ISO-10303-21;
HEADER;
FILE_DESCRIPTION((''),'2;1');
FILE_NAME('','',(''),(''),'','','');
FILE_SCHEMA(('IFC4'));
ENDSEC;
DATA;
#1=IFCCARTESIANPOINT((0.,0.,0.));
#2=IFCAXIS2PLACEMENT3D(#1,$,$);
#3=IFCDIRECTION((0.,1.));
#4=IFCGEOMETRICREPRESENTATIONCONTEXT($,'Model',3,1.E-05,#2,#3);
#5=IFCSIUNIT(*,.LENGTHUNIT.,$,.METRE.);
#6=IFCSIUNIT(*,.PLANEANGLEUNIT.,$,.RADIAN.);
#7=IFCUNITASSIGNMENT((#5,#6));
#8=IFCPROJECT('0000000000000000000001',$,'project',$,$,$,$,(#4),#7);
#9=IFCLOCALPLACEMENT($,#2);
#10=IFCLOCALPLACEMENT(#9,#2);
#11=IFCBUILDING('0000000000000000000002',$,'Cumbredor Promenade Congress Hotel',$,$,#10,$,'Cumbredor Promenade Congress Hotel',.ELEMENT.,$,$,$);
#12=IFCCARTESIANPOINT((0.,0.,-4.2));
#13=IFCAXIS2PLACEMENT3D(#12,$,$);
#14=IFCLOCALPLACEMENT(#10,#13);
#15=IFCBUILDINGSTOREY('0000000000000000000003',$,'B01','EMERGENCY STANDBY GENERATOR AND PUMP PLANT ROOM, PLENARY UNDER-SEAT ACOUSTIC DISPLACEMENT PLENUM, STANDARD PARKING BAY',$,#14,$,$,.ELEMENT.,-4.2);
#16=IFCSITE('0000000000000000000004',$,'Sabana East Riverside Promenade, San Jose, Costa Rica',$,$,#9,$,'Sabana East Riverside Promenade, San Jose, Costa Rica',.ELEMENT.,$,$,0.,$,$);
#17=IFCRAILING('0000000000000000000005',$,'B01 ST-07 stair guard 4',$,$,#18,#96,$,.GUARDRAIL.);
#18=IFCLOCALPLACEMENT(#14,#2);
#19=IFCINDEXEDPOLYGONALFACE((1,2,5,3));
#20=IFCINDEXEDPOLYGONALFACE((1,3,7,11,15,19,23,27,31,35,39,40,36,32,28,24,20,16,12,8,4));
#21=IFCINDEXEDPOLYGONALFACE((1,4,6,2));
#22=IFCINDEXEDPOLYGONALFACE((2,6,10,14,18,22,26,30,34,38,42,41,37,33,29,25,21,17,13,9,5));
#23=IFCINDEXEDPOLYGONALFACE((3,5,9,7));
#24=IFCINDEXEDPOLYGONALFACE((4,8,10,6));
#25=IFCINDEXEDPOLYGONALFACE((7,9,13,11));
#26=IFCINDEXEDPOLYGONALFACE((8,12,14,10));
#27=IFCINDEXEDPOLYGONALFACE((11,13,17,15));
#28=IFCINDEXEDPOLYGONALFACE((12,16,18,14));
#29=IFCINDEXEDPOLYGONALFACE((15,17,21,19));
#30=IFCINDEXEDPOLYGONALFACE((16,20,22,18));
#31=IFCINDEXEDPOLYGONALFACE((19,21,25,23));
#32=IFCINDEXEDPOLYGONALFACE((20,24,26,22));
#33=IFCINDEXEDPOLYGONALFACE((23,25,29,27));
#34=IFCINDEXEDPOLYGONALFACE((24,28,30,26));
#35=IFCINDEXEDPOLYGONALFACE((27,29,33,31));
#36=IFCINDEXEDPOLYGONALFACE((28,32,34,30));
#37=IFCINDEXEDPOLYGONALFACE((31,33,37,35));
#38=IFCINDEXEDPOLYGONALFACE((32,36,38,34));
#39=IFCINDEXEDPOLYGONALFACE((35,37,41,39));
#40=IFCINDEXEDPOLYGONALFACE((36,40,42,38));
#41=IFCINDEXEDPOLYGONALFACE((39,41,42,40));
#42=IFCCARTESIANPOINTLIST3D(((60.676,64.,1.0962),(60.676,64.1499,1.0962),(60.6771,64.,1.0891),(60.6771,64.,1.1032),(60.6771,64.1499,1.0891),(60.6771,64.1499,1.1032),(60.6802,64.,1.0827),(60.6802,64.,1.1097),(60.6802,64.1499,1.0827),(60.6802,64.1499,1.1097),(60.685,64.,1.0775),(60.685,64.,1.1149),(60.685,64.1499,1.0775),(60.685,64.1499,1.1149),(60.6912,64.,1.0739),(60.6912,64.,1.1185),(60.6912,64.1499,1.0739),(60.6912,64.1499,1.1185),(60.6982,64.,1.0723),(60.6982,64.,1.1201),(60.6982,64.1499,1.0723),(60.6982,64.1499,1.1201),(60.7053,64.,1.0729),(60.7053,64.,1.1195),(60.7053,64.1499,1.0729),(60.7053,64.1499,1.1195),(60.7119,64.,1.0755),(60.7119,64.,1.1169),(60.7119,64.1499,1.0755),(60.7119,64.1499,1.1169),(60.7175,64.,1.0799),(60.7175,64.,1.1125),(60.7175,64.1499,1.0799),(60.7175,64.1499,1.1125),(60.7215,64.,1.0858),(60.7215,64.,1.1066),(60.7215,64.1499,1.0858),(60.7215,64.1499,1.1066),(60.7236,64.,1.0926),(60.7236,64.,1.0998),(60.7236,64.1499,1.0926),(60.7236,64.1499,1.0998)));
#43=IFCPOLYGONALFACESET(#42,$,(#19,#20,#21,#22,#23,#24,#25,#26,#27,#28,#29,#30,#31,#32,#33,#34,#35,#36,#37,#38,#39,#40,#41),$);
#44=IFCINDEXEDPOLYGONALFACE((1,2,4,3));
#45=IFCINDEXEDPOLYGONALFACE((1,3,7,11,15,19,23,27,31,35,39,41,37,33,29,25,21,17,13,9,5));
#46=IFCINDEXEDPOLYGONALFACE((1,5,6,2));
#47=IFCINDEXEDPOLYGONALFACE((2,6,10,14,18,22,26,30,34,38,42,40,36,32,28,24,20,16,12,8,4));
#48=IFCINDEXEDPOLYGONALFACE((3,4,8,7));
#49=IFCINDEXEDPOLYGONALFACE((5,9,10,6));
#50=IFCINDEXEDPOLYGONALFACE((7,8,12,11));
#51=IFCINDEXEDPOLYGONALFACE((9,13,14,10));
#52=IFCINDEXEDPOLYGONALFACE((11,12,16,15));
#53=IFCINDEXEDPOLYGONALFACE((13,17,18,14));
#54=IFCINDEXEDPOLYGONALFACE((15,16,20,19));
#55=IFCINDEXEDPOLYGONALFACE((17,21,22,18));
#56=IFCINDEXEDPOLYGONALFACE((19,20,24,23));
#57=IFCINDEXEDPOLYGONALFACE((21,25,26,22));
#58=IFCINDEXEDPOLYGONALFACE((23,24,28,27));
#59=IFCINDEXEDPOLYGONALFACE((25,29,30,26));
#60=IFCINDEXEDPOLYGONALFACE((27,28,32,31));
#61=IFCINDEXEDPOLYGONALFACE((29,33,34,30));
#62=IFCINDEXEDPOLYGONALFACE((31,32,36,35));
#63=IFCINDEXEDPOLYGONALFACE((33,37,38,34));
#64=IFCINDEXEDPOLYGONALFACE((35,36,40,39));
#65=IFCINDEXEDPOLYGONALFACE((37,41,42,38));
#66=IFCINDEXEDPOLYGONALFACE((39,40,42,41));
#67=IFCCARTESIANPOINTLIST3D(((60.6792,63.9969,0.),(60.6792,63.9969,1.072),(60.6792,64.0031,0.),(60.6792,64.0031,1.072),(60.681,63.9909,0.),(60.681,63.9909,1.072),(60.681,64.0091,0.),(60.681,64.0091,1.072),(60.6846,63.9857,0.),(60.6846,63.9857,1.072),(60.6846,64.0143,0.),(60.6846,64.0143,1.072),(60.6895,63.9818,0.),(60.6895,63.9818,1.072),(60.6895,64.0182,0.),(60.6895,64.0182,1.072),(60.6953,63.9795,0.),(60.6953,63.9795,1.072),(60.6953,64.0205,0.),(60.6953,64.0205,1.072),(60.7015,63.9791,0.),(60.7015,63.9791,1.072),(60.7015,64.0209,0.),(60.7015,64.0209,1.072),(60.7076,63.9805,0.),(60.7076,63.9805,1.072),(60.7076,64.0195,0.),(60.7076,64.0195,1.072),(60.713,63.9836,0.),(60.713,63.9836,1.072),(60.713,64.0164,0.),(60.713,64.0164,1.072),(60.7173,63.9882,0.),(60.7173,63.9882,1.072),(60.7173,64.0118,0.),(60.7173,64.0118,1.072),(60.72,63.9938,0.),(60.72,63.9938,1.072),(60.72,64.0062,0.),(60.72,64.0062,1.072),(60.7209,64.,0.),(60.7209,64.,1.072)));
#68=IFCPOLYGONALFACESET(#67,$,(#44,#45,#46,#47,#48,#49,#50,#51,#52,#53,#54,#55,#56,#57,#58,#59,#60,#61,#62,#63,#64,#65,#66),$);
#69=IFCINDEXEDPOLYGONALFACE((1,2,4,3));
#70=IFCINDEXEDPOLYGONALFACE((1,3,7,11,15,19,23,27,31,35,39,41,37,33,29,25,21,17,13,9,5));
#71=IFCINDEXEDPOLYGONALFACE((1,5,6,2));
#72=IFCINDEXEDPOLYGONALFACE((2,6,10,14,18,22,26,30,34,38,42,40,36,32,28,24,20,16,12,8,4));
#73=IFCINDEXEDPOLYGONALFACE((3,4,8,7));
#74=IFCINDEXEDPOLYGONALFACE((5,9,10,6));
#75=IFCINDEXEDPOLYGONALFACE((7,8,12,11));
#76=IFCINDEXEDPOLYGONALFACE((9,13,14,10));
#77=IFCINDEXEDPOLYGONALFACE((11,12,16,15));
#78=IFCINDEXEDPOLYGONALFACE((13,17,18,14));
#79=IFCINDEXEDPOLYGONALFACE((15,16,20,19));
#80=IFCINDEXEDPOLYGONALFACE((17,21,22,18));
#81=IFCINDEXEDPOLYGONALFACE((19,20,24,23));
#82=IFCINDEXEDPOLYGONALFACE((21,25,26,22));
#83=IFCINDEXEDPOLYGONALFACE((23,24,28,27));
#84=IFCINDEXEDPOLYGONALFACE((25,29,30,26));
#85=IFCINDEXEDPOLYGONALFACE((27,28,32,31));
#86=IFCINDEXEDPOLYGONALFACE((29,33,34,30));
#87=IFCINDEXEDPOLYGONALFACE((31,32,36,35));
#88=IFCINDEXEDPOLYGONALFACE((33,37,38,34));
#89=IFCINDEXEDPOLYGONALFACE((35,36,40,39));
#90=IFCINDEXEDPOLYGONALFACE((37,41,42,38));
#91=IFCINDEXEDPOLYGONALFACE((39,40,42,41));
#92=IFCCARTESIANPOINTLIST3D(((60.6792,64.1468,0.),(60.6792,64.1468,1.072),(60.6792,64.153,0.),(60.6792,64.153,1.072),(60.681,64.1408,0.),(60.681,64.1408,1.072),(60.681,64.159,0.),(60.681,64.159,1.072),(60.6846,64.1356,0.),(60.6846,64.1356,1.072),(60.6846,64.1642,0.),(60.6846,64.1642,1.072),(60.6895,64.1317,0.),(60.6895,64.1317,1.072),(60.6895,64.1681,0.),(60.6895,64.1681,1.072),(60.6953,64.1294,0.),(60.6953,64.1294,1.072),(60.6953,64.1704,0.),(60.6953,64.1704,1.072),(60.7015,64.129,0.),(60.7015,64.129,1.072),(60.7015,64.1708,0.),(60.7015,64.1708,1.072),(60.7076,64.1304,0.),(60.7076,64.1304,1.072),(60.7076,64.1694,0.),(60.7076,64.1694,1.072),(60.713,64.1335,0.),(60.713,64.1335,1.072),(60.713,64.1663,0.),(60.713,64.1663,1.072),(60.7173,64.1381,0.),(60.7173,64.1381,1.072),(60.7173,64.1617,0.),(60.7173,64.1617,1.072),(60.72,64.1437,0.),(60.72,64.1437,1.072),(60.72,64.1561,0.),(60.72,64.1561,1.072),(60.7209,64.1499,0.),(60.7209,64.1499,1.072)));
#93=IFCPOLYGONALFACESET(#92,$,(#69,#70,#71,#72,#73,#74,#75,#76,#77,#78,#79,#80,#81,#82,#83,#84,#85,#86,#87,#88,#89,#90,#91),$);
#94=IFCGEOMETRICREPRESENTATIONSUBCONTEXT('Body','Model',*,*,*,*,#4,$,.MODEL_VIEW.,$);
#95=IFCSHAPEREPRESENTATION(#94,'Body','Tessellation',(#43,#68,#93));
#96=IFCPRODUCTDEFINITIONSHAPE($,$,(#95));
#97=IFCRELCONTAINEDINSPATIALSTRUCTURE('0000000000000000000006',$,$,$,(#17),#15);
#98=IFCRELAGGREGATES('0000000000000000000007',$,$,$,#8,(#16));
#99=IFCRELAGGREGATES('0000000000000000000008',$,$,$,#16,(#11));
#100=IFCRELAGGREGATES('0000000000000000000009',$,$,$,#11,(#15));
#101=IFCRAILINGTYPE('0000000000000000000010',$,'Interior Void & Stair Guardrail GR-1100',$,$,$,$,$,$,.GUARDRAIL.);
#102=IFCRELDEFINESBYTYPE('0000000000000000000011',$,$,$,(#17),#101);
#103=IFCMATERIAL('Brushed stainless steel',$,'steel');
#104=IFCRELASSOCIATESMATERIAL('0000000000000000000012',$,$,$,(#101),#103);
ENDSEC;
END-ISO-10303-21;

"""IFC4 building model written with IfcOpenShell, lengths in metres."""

from ifc_helpers import new_model, si_unit, direction, frame, origin, origin_2d, place, context, subcontext, project, spatial, circle, extrude, material, type_object, element, save


model = new_model("IFC4")

# Units and contexts
model_context = context("Model", 3, precision=1e-05, world=origin(), true_north=direction((0.0, 1.0)))
body_context = subcontext(model_context, "Body", "Model", "MODEL_VIEW")
ifc_project = project(units=[si_unit("LENGTHUNIT", "METRE"), si_unit("PLANEANGLEUNIT", "RADIAN")], contexts=[model_context])

# Site, building, storey
site_placement = place(None, origin())
site = spatial("IfcSite", under=ifc_project, at=site_placement, Name="Sabana East Riverside Promenade, San Jose, Costa Rica", LongName="Sabana East Riverside Promenade, San Jose, Costa Rica", CompositionType="ELEMENT", RefElevation=0.0)
building_placement = place(site_placement, origin())
building = spatial("IfcBuilding", under=site, at=building_placement, Name="Cumbredor Promenade Congress Hotel", LongName="Cumbredor Promenade Congress Hotel", CompositionType="ELEMENT")
storey_placement = place(building_placement, frame((0.0, 0.0, -4.2)))
storey = spatial("IfcBuildingStorey", under=building, at=storey_placement, Name="B01", Description="EMERGENCY STANDBY GENERATOR AND PUMP PLANT ROOM, PLENARY UNDER-SEAT ACOUSTIC DISPLACEMENT PLENUM, STANDARD PARKING BAY", CompositionType="ELEMENT", Elevation=-4.2)

# Railing
ifc_material_1 = material(Name="Brushed stainless steel", Category="steel")
railing_type_1 = type_object("IfcRailingType", Name="Interior Void & Stair Guardrail GR-1100", PredefinedType="GUARDRAIL", material=ifc_material_1)
railing_1_placement = place(storey_placement, frame((60.7, 64.0, 0.0)))
element("IfcRailing", 1, at=railing_1_placement, inside=storey, type_object=railing_type_1, Name="B01 ST-07 stair guard 4", PredefinedType="GUARDRAIL", context=body_context, shape_type="SweptSolid", body=[
    extrude(circle(Radius=0.0239, at=origin_2d()), frame((0.0, 0.0, 1.0962), z_axis=(0.0, 1.0, 0.0), x_axis=(-1.0, 0.0, 0.0)), (0.0, 0.0, 1.0), 0.1499),
    extrude(circle(Radius=0.021, at=origin_2d()), origin(), (0.0, 0.0, 1.0), 1.072),
    extrude(circle(Radius=0.021, at=origin_2d()), frame((0.0, 0.1499, 0.0)), (0.0, 0.0, 1.0), 1.072),
])

save(model, "model.ifc")
